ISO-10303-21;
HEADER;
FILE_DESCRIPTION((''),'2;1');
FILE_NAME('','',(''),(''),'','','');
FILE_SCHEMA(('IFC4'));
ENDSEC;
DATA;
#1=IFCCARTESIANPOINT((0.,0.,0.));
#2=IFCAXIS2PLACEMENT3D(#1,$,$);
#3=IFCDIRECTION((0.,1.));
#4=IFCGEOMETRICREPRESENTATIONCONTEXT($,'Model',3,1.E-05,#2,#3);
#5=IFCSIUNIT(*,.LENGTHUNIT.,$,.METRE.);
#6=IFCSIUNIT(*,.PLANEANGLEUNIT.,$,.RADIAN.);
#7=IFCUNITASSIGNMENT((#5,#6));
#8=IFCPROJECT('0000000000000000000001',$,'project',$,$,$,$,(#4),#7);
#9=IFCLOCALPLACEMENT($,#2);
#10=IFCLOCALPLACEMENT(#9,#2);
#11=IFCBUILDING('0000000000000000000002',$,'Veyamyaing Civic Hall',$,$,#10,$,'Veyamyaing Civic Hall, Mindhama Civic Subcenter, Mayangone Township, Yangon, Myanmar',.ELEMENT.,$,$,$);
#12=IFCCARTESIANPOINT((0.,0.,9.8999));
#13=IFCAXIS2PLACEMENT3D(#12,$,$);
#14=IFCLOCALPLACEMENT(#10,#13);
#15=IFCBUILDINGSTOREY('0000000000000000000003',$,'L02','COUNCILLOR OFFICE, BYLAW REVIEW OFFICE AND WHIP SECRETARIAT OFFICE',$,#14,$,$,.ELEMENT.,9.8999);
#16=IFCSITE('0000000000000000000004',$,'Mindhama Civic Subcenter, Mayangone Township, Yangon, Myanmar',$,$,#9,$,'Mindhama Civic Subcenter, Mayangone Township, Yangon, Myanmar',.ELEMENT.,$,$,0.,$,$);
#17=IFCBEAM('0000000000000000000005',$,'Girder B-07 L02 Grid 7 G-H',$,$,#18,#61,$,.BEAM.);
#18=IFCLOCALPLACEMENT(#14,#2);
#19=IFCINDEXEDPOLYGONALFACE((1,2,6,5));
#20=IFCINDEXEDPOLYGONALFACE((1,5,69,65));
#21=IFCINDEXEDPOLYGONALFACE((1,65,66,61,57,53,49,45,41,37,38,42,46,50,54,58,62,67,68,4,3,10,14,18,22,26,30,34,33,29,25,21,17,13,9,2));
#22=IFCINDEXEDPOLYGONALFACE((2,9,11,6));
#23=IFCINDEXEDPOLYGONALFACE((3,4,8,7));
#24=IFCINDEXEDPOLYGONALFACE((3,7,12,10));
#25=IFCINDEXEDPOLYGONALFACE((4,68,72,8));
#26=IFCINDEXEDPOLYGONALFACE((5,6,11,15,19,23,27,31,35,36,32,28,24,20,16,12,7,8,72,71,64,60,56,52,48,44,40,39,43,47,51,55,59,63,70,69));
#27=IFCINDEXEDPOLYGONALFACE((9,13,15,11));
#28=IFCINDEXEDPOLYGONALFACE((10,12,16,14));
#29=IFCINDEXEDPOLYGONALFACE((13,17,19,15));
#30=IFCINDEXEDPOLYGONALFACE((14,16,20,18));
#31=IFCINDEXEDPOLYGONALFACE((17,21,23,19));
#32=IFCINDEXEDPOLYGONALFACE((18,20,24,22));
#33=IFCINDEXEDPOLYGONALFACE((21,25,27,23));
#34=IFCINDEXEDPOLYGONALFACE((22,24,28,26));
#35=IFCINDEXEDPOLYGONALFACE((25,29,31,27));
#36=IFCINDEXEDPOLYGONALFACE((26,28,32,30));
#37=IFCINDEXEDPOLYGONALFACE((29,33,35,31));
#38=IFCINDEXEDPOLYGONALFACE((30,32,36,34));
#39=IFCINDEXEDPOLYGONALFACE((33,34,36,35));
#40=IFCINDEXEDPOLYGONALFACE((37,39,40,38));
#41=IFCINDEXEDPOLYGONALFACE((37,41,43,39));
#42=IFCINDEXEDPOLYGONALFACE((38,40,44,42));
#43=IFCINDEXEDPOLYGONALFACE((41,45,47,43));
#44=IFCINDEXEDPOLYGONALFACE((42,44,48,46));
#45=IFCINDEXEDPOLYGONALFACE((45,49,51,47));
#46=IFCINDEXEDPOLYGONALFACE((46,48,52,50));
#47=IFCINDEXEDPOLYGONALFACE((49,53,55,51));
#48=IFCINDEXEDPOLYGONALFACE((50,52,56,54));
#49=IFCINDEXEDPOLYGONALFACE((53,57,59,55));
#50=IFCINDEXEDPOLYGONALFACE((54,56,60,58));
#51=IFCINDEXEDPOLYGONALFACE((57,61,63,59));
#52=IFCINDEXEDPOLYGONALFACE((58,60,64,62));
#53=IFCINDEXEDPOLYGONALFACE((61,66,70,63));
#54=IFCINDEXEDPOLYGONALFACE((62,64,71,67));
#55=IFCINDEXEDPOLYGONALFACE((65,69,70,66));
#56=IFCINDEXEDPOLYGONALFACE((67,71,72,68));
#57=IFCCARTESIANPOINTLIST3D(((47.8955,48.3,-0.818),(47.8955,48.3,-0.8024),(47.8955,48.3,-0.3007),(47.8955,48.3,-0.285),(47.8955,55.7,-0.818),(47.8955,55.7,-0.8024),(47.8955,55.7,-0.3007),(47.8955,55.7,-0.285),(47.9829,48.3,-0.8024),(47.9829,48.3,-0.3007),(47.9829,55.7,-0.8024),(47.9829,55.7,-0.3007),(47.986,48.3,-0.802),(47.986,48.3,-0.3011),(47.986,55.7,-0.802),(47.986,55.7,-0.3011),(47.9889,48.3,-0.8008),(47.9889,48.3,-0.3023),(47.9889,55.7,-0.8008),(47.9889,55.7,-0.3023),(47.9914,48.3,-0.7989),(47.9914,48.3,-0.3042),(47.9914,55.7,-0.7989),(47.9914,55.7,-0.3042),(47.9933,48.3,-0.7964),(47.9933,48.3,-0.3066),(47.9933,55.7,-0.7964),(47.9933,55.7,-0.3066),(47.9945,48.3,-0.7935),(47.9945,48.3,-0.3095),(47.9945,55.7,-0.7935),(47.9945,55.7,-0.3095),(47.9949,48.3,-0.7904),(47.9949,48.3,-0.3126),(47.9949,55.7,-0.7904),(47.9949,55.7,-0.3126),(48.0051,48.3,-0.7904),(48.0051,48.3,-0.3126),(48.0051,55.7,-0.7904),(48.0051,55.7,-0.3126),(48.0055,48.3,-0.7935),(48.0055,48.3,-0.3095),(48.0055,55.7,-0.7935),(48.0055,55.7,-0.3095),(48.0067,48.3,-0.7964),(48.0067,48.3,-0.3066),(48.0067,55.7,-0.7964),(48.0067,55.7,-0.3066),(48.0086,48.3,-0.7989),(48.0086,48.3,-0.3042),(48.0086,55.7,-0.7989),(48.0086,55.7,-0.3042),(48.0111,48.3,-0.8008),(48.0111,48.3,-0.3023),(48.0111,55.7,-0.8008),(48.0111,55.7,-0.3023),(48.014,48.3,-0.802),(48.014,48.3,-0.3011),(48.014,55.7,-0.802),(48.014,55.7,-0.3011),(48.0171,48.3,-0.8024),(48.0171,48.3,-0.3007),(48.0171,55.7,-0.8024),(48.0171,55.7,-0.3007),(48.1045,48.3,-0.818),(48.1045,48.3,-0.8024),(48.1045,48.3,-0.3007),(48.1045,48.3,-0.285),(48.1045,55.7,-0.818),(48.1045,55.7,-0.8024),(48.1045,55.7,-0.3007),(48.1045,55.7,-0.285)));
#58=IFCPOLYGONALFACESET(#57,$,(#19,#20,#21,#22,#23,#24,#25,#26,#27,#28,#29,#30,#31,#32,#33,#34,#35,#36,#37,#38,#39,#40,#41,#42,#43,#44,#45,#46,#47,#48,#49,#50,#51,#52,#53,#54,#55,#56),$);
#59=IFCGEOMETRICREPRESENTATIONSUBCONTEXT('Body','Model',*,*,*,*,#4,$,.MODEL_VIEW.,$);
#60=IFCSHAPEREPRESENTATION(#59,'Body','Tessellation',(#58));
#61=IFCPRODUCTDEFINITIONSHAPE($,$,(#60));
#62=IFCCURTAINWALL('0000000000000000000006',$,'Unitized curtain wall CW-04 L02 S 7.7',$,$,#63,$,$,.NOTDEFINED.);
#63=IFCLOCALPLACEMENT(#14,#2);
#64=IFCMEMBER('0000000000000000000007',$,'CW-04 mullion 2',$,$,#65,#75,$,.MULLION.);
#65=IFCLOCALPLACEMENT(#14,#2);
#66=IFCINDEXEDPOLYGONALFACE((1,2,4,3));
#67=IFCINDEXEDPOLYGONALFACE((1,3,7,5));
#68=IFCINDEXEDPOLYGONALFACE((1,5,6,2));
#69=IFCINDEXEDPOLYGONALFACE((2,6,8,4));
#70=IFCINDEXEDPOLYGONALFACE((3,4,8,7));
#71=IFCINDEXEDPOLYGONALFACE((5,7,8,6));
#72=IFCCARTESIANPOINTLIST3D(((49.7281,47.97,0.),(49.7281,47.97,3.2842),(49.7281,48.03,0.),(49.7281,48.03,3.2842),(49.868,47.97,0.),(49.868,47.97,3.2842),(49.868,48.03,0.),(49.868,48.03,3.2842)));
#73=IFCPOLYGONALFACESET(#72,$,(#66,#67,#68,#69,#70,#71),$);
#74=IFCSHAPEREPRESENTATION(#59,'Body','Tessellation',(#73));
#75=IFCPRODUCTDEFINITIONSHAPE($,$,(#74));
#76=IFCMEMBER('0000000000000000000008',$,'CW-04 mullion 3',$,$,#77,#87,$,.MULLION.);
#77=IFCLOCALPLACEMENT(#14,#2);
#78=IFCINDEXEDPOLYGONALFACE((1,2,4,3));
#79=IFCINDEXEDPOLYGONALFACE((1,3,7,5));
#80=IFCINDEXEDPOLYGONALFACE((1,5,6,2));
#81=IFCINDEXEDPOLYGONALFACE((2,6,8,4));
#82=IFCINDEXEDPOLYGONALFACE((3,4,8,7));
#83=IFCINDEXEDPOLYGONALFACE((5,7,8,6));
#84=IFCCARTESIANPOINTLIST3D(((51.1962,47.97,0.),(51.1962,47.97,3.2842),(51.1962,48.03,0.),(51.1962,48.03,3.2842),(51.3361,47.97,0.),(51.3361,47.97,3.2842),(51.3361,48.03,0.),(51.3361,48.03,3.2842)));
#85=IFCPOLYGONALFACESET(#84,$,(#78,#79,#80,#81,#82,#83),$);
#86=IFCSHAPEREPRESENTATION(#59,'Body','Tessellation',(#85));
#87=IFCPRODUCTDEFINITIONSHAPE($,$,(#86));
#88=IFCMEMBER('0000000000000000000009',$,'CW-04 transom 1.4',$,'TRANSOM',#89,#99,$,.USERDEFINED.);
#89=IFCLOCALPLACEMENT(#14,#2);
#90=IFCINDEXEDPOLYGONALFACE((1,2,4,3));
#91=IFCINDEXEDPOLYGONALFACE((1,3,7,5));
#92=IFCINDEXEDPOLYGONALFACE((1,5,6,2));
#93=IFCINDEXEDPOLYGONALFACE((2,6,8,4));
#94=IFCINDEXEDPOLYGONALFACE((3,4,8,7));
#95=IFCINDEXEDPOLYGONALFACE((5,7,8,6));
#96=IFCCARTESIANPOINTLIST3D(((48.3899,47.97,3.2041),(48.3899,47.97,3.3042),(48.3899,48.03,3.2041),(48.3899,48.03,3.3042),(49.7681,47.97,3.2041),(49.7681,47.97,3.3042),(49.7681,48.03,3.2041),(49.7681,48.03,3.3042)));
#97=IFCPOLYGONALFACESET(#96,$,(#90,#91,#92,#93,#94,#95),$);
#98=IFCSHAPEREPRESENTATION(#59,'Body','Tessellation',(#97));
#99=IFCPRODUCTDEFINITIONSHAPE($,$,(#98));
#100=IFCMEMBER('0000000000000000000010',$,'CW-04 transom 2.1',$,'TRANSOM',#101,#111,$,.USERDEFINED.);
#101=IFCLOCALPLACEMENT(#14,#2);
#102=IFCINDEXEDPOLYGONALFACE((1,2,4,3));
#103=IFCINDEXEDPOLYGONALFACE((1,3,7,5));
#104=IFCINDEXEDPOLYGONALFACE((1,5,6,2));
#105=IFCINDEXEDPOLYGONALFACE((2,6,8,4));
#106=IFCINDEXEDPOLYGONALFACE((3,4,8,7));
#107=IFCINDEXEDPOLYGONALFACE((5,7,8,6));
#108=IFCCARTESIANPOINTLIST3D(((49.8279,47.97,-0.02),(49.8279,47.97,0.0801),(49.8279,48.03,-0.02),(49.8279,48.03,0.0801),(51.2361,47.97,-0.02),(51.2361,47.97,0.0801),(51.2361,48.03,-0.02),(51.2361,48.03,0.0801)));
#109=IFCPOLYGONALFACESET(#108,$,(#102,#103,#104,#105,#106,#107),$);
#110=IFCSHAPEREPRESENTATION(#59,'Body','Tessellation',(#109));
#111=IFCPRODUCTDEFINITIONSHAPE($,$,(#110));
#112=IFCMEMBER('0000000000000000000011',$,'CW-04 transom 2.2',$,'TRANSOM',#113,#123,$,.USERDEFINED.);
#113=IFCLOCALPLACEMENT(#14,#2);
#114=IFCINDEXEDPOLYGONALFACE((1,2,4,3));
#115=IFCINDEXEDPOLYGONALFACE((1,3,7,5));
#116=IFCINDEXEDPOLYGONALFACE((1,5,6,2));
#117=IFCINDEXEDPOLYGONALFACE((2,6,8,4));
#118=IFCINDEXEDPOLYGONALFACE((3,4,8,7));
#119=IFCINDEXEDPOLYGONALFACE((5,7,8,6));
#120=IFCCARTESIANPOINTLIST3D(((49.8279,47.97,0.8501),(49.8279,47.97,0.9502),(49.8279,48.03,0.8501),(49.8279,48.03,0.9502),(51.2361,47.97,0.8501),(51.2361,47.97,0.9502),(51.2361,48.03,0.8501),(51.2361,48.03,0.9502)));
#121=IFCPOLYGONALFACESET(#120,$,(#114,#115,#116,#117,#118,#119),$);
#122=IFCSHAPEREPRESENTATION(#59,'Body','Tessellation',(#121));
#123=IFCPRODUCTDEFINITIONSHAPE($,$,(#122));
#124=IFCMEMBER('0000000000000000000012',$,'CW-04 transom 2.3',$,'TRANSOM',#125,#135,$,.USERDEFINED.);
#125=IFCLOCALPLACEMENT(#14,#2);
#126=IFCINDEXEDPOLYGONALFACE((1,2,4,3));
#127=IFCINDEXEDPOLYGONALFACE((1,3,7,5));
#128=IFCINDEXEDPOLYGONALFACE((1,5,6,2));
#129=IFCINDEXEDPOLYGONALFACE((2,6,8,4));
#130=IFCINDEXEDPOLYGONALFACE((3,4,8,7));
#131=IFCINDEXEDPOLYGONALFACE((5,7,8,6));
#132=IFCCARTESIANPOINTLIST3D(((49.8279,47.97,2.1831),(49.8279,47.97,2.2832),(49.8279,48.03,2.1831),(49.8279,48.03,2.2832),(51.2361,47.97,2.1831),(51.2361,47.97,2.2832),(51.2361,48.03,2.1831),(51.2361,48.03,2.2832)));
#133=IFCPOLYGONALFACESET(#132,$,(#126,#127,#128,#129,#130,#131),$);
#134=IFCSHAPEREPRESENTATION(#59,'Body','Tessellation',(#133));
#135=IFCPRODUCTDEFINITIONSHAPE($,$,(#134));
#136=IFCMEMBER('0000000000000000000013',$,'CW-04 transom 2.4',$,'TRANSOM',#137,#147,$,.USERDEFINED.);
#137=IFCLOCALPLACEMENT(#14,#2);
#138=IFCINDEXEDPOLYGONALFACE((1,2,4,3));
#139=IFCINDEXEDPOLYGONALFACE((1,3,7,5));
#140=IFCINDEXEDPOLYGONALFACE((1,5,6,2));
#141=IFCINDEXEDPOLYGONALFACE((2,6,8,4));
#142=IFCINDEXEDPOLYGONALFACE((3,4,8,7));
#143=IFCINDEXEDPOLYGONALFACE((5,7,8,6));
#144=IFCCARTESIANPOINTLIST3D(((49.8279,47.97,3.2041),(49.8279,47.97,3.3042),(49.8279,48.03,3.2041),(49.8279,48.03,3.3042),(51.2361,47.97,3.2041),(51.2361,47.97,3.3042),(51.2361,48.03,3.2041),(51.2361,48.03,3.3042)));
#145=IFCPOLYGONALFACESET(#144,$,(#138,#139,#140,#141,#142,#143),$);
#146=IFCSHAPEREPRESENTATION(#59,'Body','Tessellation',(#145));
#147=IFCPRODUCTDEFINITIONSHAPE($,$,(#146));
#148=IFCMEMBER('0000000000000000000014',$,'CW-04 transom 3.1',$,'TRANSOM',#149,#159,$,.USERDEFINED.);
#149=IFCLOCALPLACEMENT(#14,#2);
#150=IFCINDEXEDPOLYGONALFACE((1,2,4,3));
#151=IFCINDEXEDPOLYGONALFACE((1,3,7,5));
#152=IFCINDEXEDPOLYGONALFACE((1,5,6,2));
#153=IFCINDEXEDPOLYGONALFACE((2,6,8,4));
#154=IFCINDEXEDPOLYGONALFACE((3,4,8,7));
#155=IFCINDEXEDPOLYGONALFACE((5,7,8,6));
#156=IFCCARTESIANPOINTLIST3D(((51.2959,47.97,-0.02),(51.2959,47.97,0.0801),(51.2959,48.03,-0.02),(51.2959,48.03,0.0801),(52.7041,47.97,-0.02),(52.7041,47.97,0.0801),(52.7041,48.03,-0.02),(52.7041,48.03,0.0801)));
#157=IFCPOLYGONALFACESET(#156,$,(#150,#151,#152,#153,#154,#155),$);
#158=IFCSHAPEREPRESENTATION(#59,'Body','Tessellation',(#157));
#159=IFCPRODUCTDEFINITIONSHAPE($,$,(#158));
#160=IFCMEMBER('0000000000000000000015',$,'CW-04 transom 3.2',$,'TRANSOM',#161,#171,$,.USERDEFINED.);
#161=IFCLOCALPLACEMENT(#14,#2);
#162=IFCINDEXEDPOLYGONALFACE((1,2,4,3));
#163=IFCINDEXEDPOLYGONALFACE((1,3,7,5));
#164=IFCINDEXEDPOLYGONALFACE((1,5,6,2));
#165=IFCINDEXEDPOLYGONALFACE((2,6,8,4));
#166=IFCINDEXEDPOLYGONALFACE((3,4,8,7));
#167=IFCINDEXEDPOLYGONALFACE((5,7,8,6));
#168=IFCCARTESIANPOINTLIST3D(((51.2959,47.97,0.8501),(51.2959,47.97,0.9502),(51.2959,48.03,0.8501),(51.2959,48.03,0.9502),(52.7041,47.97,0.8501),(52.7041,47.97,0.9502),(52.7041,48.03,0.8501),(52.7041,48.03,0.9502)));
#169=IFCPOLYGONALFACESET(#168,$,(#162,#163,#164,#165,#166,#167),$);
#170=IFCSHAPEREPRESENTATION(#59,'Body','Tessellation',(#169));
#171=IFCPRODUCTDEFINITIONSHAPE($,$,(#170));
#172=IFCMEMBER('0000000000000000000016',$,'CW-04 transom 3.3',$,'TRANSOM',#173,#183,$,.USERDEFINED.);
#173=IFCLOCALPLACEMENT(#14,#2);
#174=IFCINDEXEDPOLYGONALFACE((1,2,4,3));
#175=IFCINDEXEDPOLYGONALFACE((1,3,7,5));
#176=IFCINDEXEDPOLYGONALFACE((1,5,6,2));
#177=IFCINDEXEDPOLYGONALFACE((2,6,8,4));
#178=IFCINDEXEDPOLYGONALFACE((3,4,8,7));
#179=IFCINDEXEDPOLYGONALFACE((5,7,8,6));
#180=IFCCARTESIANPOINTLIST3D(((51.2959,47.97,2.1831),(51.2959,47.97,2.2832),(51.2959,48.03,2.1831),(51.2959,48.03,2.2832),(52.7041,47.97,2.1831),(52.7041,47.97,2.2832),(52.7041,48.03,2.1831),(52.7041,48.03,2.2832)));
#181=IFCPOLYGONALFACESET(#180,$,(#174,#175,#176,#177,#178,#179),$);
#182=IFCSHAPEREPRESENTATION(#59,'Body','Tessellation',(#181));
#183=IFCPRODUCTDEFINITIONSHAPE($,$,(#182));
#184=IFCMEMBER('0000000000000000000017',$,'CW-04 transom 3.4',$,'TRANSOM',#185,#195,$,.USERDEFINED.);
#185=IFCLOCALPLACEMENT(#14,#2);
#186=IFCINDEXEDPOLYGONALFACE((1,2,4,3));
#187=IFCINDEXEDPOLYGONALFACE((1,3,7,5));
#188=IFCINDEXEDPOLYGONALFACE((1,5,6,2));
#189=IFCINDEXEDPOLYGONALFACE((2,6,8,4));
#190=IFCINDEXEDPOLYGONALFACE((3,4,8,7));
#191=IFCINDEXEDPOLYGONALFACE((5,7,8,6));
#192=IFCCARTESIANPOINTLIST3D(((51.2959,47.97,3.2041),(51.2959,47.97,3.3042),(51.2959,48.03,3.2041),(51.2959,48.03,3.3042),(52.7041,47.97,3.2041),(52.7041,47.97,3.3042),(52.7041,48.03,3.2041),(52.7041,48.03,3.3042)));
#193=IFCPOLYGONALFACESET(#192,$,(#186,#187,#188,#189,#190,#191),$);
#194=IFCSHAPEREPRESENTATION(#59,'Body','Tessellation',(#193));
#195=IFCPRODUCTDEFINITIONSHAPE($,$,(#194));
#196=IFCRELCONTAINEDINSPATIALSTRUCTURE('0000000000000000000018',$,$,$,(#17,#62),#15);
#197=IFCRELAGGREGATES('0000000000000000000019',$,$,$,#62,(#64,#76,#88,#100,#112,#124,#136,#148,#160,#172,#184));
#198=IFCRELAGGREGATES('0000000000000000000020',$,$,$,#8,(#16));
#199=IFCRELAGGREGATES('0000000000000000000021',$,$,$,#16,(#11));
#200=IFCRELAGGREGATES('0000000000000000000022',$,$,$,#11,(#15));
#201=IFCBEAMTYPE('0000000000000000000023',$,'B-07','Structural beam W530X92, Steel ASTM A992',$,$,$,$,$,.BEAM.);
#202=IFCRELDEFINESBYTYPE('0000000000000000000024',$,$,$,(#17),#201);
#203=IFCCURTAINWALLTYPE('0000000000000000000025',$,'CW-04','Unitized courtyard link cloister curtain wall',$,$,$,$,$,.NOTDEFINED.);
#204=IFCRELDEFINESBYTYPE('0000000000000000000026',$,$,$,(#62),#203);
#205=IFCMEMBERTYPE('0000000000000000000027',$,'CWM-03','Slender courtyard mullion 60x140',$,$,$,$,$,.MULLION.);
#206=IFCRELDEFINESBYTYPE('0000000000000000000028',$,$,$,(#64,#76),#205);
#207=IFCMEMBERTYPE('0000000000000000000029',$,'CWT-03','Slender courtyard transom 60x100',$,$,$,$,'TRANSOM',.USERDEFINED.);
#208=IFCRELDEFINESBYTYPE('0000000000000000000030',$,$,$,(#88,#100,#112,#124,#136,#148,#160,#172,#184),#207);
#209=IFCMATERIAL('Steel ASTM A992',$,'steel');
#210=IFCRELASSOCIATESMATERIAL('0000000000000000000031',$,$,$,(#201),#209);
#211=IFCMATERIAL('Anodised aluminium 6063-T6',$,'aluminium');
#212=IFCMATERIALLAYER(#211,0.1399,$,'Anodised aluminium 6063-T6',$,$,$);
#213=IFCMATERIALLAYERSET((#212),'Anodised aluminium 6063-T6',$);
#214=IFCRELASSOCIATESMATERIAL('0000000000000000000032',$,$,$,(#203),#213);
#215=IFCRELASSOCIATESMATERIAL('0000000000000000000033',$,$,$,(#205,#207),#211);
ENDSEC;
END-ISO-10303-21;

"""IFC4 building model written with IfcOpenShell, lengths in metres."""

from ifc_helpers import new_model, si_unit, direction, frame, origin, origin_2d, place, context, subcontext, project, spatial, rectangle, i_section, extrude, material, layer, layer_set, material_profile, profile_set, type_object, element, aggregate, save


model = new_model("IFC4")

# Units and contexts
model_context = context("Model", 3, precision=1e-05, world=origin(), true_north=direction((0.0, 1.0)))
body_context = subcontext(model_context, "Body", "Model", "MODEL_VIEW")
ifc_project = project(units=[si_unit("LENGTHUNIT", "METRE"), si_unit("PLANEANGLEUNIT", "RADIAN")], contexts=[model_context])

# Site, building, storey
site_placement = place(None, origin())
site = spatial("IfcSite", under=ifc_project, at=site_placement, Name="Mindhama Civic Subcenter, Mayangone Township, Yangon, Myanmar", LongName="Mindhama Civic Subcenter, Mayangone Township, Yangon, Myanmar", CompositionType="ELEMENT", RefElevation=0.0)
building_placement = place(site_placement, origin())
building = spatial("IfcBuilding", under=site, at=building_placement, Name="Veyamyaing Civic Hall", LongName="Veyamyaing Civic Hall, Mindhama Civic Subcenter, Mayangone Township, Yangon, Myanmar", CompositionType="ELEMENT")
storey_placement = place(building_placement, frame((0.0, 0.0, 9.8999)))
storey = spatial("IfcBuildingStorey", under=building, at=storey_placement, Name="L02", Description="COUNCILLOR OFFICE, BYLAW REVIEW OFFICE AND WHIP SECRETARIAT OFFICE", CompositionType="ELEMENT", Elevation=9.8999)

# Beam
ifc_material_1 = material(Name="Steel ASTM A992", Category="steel")
ifc_material_profile_1 = material_profile(ifc_material_1, i_section(OverallWidth=0.209, OverallDepth=0.533, WebThickness=0.0103, FlangeThickness=0.0156, FilletRadius=0.012, at=origin_2d()), Name="W530X92")
ifc_profile_set_1 = profile_set([ifc_material_profile_1], Name="Steel ASTM A992")
beam_type = type_object("IfcBeamType", Name="B-07", Description="Structural beam W530X92, Steel ASTM A992", PredefinedType="BEAM", material=ifc_profile_set_1)
beam_placement = place(storey_placement, frame((48.0, 48.3, -0.5515), z_axis=(0.0, 1.0, 0.0), x_axis=(-1.0, 0.0, 0.0)))
element("IfcBeam", 1, at=beam_placement, inside=storey, type_object=beam_type, Name="Girder B-07 L02 Grid 7 G-H", PredefinedType="BEAM", context=body_context, shape_type="SweptSolid", body=[
    extrude(i_section(OverallWidth=0.209, OverallDepth=0.533, WebThickness=0.0103, FlangeThickness=0.0156, FilletRadius=0.012, at=origin_2d()), origin(), (0.0, 0.0, 1.0), 7.3999),
])

# Curtain wall, members
ifc_material_2 = material(Name="Anodised aluminium 6063-T6", Category="aluminium")
ifc_layer_1 = layer(ifc_material_2, 0.1399, Name="Anodised aluminium 6063-T6")
ifc_layer_set_1 = layer_set([ifc_layer_1], Name="Anodised aluminium 6063-T6")
curtain_wall_type = type_object("IfcCurtainWallType", Name="CW-04", Description="Unitized courtyard link cloister curtain wall", PredefinedType="NOTDEFINED", material=ifc_layer_set_1)
curtain_wall_placement = place(storey_placement, origin())
curtain_wall = element("IfcCurtainWall", 2, at=curtain_wall_placement, inside=storey, type_object=curtain_wall_type, Name="Unitized curtain wall CW-04 L02 S 7.7", PredefinedType="NOTDEFINED")
ifc_material_profile_2 = material_profile(ifc_material_2, rectangle(XDim=0.0601, YDim=0.1399, at=origin_2d()), Name="ALU-MUL-60X140")
ifc_profile_set_2 = profile_set([ifc_material_profile_2], Name="Anodised aluminium 6063-T6")
member_type_1 = type_object("IfcMemberType", Name="CWM-03", Description="Slender courtyard mullion 60x140", PredefinedType="MULLION", material=ifc_profile_set_2)
member_1_placement = place(storey_placement, frame((49.7981, 48.0, 0.0), z_axis=(0.0, 0.0, 1.0), x_axis=(0.0, 1.0, 0.0)))
member_1 = element("IfcMember", 3, at=member_1_placement, type_object=member_type_1, Name="CW-04 mullion 2", PredefinedType="MULLION", context=body_context, shape_type="SweptSolid", body=[
    extrude(rectangle(XDim=0.0601, YDim=0.1399, at=origin_2d()), origin(), (0.0, 0.0, 1.0), 3.2842),
])
member_2_placement = place(storey_placement, frame((51.2661, 48.0, 0.0), z_axis=(0.0, 0.0, 1.0), x_axis=(0.0, 1.0, 0.0)))
member_2 = element("IfcMember", 4, at=member_2_placement, type_object=member_type_1, Name="CW-04 mullion 3", PredefinedType="MULLION", context=body_context, shape_type="SweptSolid", body=[
    extrude(rectangle(XDim=0.0601, YDim=0.1399, at=origin_2d()), origin(), (0.0, 0.0, 1.0), 3.2842),
])
ifc_material_profile_3 = material_profile(ifc_material_2, rectangle(XDim=0.0601, YDim=0.1001, at=origin_2d()), Name="ALU-TRN-60X100")
ifc_profile_set_3 = profile_set([ifc_material_profile_3], Name="Anodised aluminium 6063-T6")
member_type_2 = type_object("IfcMemberType", Name="CWT-03", Description="Slender courtyard transom 60x100", ElementType="TRANSOM", PredefinedType="USERDEFINED", material=ifc_profile_set_3)
member_3_placement = place(storey_placement, frame((48.3899, 48.0, 3.2542), z_axis=(1.0, 0.0, 0.0), x_axis=(0.0, 1.0, 0.0)))
member_3 = element("IfcMember", 5, at=member_3_placement, type_object=member_type_2, Name="CW-04 transom 1.4", ObjectType="TRANSOM", PredefinedType="USERDEFINED", context=body_context, shape_type="SweptSolid", body=[
    extrude(rectangle(XDim=0.0601, YDim=0.1001, at=origin_2d()), origin(), (0.0, 0.0, 1.0), 1.3782),
])
member_4_placement = place(storey_placement, frame((49.8279, 48.0, 0.03), z_axis=(1.0, 0.0, 0.0), x_axis=(0.0, 1.0, 0.0)))
member_4 = element("IfcMember", 6, at=member_4_placement, type_object=member_type_2, Name="CW-04 transom 2.1", ObjectType="TRANSOM", PredefinedType="USERDEFINED", context=body_context, shape_type="SweptSolid", body=[
    extrude(rectangle(XDim=0.0601, YDim=0.1001, at=origin_2d()), origin(), (0.0, 0.0, 1.0), 1.4082),
])
member_5_placement = place(storey_placement, frame((49.8279, 48.0, 0.9001), z_axis=(1.0, 0.0, 0.0), x_axis=(0.0, 1.0, 0.0)))
member_5 = element("IfcMember", 7, at=member_5_placement, type_object=member_type_2, Name="CW-04 transom 2.2", ObjectType="TRANSOM", PredefinedType="USERDEFINED", context=body_context, shape_type="SweptSolid", body=[
    extrude(rectangle(XDim=0.0601, YDim=0.1001, at=origin_2d()), origin(), (0.0, 0.0, 1.0), 1.4082),
])
member_6_placement = place(storey_placement, frame((49.8279, 48.0, 2.2332), z_axis=(1.0, 0.0, 0.0), x_axis=(0.0, 1.0, 0.0)))
member_6 = element("IfcMember", 8, at=member_6_placement, type_object=member_type_2, Name="CW-04 transom 2.3", ObjectType="TRANSOM", PredefinedType="USERDEFINED", context=body_context, shape_type="SweptSolid", body=[
    extrude(rectangle(XDim=0.0601, YDim=0.1001, at=origin_2d()), origin(), (0.0, 0.0, 1.0), 1.4082),
])
member_7_placement = place(storey_placement, frame((49.8279, 48.0, 3.2542), z_axis=(1.0, 0.0, 0.0), x_axis=(0.0, 1.0, 0.0)))
member_7 = element("IfcMember", 9, at=member_7_placement, type_object=member_type_2, Name="CW-04 transom 2.4", ObjectType="TRANSOM", PredefinedType="USERDEFINED", context=body_context, shape_type="SweptSolid", body=[
    extrude(rectangle(XDim=0.0601, YDim=0.1001, at=origin_2d()), origin(), (0.0, 0.0, 1.0), 1.4082),
])
member_8_placement = place(storey_placement, frame((51.2959, 48.0, 0.03), z_axis=(1.0, 0.0, 0.0), x_axis=(0.0, 1.0, 0.0)))
member_8 = element("IfcMember", 10, at=member_8_placement, type_object=member_type_2, Name="CW-04 transom 3.1", ObjectType="TRANSOM", PredefinedType="USERDEFINED", context=body_context, shape_type="SweptSolid", body=[
    extrude(rectangle(XDim=0.0601, YDim=0.1001, at=origin_2d()), origin(), (0.0, 0.0, 1.0), 1.4082),
])
member_9_placement = place(storey_placement, frame((51.2959, 48.0, 0.9001), z_axis=(1.0, 0.0, 0.0), x_axis=(0.0, 1.0, 0.0)))
member_9 = element("IfcMember", 11, at=member_9_placement, type_object=member_type_2, Name="CW-04 transom 3.2", ObjectType="TRANSOM", PredefinedType="USERDEFINED", context=body_context, shape_type="SweptSolid", body=[
    extrude(rectangle(XDim=0.0601, YDim=0.1001, at=origin_2d()), origin(), (0.0, 0.0, 1.0), 1.4082),
])
member_10_placement = place(storey_placement, frame((51.2959, 48.0, 2.2332), z_axis=(1.0, 0.0, 0.0), x_axis=(0.0, 1.0, 0.0)))
member_10 = element("IfcMember", 12, at=member_10_placement, type_object=member_type_2, Name="CW-04 transom 3.3", ObjectType="TRANSOM", PredefinedType="USERDEFINED", context=body_context, shape_type="SweptSolid", body=[
    extrude(rectangle(XDim=0.0601, YDim=0.1001, at=origin_2d()), origin(), (0.0, 0.0, 1.0), 1.4082),
])
member_11_placement = place(storey_placement, frame((51.2959, 48.0, 3.2542), z_axis=(1.0, 0.0, 0.0), x_axis=(0.0, 1.0, 0.0)))
member_11 = element("IfcMember", 13, at=member_11_placement, type_object=member_type_2, Name="CW-04 transom 3.4", ObjectType="TRANSOM", PredefinedType="USERDEFINED", context=body_context, shape_type="SweptSolid", body=[
    extrude(rectangle(XDim=0.0601, YDim=0.1001, at=origin_2d()), origin(), (0.0, 0.0, 1.0), 1.4082),
])
aggregate(curtain_wall, [member_1, member_2, member_3, member_4, member_5, member_6, member_7, member_8, member_9, member_10, member_11])

save(model, "model.ifc")
